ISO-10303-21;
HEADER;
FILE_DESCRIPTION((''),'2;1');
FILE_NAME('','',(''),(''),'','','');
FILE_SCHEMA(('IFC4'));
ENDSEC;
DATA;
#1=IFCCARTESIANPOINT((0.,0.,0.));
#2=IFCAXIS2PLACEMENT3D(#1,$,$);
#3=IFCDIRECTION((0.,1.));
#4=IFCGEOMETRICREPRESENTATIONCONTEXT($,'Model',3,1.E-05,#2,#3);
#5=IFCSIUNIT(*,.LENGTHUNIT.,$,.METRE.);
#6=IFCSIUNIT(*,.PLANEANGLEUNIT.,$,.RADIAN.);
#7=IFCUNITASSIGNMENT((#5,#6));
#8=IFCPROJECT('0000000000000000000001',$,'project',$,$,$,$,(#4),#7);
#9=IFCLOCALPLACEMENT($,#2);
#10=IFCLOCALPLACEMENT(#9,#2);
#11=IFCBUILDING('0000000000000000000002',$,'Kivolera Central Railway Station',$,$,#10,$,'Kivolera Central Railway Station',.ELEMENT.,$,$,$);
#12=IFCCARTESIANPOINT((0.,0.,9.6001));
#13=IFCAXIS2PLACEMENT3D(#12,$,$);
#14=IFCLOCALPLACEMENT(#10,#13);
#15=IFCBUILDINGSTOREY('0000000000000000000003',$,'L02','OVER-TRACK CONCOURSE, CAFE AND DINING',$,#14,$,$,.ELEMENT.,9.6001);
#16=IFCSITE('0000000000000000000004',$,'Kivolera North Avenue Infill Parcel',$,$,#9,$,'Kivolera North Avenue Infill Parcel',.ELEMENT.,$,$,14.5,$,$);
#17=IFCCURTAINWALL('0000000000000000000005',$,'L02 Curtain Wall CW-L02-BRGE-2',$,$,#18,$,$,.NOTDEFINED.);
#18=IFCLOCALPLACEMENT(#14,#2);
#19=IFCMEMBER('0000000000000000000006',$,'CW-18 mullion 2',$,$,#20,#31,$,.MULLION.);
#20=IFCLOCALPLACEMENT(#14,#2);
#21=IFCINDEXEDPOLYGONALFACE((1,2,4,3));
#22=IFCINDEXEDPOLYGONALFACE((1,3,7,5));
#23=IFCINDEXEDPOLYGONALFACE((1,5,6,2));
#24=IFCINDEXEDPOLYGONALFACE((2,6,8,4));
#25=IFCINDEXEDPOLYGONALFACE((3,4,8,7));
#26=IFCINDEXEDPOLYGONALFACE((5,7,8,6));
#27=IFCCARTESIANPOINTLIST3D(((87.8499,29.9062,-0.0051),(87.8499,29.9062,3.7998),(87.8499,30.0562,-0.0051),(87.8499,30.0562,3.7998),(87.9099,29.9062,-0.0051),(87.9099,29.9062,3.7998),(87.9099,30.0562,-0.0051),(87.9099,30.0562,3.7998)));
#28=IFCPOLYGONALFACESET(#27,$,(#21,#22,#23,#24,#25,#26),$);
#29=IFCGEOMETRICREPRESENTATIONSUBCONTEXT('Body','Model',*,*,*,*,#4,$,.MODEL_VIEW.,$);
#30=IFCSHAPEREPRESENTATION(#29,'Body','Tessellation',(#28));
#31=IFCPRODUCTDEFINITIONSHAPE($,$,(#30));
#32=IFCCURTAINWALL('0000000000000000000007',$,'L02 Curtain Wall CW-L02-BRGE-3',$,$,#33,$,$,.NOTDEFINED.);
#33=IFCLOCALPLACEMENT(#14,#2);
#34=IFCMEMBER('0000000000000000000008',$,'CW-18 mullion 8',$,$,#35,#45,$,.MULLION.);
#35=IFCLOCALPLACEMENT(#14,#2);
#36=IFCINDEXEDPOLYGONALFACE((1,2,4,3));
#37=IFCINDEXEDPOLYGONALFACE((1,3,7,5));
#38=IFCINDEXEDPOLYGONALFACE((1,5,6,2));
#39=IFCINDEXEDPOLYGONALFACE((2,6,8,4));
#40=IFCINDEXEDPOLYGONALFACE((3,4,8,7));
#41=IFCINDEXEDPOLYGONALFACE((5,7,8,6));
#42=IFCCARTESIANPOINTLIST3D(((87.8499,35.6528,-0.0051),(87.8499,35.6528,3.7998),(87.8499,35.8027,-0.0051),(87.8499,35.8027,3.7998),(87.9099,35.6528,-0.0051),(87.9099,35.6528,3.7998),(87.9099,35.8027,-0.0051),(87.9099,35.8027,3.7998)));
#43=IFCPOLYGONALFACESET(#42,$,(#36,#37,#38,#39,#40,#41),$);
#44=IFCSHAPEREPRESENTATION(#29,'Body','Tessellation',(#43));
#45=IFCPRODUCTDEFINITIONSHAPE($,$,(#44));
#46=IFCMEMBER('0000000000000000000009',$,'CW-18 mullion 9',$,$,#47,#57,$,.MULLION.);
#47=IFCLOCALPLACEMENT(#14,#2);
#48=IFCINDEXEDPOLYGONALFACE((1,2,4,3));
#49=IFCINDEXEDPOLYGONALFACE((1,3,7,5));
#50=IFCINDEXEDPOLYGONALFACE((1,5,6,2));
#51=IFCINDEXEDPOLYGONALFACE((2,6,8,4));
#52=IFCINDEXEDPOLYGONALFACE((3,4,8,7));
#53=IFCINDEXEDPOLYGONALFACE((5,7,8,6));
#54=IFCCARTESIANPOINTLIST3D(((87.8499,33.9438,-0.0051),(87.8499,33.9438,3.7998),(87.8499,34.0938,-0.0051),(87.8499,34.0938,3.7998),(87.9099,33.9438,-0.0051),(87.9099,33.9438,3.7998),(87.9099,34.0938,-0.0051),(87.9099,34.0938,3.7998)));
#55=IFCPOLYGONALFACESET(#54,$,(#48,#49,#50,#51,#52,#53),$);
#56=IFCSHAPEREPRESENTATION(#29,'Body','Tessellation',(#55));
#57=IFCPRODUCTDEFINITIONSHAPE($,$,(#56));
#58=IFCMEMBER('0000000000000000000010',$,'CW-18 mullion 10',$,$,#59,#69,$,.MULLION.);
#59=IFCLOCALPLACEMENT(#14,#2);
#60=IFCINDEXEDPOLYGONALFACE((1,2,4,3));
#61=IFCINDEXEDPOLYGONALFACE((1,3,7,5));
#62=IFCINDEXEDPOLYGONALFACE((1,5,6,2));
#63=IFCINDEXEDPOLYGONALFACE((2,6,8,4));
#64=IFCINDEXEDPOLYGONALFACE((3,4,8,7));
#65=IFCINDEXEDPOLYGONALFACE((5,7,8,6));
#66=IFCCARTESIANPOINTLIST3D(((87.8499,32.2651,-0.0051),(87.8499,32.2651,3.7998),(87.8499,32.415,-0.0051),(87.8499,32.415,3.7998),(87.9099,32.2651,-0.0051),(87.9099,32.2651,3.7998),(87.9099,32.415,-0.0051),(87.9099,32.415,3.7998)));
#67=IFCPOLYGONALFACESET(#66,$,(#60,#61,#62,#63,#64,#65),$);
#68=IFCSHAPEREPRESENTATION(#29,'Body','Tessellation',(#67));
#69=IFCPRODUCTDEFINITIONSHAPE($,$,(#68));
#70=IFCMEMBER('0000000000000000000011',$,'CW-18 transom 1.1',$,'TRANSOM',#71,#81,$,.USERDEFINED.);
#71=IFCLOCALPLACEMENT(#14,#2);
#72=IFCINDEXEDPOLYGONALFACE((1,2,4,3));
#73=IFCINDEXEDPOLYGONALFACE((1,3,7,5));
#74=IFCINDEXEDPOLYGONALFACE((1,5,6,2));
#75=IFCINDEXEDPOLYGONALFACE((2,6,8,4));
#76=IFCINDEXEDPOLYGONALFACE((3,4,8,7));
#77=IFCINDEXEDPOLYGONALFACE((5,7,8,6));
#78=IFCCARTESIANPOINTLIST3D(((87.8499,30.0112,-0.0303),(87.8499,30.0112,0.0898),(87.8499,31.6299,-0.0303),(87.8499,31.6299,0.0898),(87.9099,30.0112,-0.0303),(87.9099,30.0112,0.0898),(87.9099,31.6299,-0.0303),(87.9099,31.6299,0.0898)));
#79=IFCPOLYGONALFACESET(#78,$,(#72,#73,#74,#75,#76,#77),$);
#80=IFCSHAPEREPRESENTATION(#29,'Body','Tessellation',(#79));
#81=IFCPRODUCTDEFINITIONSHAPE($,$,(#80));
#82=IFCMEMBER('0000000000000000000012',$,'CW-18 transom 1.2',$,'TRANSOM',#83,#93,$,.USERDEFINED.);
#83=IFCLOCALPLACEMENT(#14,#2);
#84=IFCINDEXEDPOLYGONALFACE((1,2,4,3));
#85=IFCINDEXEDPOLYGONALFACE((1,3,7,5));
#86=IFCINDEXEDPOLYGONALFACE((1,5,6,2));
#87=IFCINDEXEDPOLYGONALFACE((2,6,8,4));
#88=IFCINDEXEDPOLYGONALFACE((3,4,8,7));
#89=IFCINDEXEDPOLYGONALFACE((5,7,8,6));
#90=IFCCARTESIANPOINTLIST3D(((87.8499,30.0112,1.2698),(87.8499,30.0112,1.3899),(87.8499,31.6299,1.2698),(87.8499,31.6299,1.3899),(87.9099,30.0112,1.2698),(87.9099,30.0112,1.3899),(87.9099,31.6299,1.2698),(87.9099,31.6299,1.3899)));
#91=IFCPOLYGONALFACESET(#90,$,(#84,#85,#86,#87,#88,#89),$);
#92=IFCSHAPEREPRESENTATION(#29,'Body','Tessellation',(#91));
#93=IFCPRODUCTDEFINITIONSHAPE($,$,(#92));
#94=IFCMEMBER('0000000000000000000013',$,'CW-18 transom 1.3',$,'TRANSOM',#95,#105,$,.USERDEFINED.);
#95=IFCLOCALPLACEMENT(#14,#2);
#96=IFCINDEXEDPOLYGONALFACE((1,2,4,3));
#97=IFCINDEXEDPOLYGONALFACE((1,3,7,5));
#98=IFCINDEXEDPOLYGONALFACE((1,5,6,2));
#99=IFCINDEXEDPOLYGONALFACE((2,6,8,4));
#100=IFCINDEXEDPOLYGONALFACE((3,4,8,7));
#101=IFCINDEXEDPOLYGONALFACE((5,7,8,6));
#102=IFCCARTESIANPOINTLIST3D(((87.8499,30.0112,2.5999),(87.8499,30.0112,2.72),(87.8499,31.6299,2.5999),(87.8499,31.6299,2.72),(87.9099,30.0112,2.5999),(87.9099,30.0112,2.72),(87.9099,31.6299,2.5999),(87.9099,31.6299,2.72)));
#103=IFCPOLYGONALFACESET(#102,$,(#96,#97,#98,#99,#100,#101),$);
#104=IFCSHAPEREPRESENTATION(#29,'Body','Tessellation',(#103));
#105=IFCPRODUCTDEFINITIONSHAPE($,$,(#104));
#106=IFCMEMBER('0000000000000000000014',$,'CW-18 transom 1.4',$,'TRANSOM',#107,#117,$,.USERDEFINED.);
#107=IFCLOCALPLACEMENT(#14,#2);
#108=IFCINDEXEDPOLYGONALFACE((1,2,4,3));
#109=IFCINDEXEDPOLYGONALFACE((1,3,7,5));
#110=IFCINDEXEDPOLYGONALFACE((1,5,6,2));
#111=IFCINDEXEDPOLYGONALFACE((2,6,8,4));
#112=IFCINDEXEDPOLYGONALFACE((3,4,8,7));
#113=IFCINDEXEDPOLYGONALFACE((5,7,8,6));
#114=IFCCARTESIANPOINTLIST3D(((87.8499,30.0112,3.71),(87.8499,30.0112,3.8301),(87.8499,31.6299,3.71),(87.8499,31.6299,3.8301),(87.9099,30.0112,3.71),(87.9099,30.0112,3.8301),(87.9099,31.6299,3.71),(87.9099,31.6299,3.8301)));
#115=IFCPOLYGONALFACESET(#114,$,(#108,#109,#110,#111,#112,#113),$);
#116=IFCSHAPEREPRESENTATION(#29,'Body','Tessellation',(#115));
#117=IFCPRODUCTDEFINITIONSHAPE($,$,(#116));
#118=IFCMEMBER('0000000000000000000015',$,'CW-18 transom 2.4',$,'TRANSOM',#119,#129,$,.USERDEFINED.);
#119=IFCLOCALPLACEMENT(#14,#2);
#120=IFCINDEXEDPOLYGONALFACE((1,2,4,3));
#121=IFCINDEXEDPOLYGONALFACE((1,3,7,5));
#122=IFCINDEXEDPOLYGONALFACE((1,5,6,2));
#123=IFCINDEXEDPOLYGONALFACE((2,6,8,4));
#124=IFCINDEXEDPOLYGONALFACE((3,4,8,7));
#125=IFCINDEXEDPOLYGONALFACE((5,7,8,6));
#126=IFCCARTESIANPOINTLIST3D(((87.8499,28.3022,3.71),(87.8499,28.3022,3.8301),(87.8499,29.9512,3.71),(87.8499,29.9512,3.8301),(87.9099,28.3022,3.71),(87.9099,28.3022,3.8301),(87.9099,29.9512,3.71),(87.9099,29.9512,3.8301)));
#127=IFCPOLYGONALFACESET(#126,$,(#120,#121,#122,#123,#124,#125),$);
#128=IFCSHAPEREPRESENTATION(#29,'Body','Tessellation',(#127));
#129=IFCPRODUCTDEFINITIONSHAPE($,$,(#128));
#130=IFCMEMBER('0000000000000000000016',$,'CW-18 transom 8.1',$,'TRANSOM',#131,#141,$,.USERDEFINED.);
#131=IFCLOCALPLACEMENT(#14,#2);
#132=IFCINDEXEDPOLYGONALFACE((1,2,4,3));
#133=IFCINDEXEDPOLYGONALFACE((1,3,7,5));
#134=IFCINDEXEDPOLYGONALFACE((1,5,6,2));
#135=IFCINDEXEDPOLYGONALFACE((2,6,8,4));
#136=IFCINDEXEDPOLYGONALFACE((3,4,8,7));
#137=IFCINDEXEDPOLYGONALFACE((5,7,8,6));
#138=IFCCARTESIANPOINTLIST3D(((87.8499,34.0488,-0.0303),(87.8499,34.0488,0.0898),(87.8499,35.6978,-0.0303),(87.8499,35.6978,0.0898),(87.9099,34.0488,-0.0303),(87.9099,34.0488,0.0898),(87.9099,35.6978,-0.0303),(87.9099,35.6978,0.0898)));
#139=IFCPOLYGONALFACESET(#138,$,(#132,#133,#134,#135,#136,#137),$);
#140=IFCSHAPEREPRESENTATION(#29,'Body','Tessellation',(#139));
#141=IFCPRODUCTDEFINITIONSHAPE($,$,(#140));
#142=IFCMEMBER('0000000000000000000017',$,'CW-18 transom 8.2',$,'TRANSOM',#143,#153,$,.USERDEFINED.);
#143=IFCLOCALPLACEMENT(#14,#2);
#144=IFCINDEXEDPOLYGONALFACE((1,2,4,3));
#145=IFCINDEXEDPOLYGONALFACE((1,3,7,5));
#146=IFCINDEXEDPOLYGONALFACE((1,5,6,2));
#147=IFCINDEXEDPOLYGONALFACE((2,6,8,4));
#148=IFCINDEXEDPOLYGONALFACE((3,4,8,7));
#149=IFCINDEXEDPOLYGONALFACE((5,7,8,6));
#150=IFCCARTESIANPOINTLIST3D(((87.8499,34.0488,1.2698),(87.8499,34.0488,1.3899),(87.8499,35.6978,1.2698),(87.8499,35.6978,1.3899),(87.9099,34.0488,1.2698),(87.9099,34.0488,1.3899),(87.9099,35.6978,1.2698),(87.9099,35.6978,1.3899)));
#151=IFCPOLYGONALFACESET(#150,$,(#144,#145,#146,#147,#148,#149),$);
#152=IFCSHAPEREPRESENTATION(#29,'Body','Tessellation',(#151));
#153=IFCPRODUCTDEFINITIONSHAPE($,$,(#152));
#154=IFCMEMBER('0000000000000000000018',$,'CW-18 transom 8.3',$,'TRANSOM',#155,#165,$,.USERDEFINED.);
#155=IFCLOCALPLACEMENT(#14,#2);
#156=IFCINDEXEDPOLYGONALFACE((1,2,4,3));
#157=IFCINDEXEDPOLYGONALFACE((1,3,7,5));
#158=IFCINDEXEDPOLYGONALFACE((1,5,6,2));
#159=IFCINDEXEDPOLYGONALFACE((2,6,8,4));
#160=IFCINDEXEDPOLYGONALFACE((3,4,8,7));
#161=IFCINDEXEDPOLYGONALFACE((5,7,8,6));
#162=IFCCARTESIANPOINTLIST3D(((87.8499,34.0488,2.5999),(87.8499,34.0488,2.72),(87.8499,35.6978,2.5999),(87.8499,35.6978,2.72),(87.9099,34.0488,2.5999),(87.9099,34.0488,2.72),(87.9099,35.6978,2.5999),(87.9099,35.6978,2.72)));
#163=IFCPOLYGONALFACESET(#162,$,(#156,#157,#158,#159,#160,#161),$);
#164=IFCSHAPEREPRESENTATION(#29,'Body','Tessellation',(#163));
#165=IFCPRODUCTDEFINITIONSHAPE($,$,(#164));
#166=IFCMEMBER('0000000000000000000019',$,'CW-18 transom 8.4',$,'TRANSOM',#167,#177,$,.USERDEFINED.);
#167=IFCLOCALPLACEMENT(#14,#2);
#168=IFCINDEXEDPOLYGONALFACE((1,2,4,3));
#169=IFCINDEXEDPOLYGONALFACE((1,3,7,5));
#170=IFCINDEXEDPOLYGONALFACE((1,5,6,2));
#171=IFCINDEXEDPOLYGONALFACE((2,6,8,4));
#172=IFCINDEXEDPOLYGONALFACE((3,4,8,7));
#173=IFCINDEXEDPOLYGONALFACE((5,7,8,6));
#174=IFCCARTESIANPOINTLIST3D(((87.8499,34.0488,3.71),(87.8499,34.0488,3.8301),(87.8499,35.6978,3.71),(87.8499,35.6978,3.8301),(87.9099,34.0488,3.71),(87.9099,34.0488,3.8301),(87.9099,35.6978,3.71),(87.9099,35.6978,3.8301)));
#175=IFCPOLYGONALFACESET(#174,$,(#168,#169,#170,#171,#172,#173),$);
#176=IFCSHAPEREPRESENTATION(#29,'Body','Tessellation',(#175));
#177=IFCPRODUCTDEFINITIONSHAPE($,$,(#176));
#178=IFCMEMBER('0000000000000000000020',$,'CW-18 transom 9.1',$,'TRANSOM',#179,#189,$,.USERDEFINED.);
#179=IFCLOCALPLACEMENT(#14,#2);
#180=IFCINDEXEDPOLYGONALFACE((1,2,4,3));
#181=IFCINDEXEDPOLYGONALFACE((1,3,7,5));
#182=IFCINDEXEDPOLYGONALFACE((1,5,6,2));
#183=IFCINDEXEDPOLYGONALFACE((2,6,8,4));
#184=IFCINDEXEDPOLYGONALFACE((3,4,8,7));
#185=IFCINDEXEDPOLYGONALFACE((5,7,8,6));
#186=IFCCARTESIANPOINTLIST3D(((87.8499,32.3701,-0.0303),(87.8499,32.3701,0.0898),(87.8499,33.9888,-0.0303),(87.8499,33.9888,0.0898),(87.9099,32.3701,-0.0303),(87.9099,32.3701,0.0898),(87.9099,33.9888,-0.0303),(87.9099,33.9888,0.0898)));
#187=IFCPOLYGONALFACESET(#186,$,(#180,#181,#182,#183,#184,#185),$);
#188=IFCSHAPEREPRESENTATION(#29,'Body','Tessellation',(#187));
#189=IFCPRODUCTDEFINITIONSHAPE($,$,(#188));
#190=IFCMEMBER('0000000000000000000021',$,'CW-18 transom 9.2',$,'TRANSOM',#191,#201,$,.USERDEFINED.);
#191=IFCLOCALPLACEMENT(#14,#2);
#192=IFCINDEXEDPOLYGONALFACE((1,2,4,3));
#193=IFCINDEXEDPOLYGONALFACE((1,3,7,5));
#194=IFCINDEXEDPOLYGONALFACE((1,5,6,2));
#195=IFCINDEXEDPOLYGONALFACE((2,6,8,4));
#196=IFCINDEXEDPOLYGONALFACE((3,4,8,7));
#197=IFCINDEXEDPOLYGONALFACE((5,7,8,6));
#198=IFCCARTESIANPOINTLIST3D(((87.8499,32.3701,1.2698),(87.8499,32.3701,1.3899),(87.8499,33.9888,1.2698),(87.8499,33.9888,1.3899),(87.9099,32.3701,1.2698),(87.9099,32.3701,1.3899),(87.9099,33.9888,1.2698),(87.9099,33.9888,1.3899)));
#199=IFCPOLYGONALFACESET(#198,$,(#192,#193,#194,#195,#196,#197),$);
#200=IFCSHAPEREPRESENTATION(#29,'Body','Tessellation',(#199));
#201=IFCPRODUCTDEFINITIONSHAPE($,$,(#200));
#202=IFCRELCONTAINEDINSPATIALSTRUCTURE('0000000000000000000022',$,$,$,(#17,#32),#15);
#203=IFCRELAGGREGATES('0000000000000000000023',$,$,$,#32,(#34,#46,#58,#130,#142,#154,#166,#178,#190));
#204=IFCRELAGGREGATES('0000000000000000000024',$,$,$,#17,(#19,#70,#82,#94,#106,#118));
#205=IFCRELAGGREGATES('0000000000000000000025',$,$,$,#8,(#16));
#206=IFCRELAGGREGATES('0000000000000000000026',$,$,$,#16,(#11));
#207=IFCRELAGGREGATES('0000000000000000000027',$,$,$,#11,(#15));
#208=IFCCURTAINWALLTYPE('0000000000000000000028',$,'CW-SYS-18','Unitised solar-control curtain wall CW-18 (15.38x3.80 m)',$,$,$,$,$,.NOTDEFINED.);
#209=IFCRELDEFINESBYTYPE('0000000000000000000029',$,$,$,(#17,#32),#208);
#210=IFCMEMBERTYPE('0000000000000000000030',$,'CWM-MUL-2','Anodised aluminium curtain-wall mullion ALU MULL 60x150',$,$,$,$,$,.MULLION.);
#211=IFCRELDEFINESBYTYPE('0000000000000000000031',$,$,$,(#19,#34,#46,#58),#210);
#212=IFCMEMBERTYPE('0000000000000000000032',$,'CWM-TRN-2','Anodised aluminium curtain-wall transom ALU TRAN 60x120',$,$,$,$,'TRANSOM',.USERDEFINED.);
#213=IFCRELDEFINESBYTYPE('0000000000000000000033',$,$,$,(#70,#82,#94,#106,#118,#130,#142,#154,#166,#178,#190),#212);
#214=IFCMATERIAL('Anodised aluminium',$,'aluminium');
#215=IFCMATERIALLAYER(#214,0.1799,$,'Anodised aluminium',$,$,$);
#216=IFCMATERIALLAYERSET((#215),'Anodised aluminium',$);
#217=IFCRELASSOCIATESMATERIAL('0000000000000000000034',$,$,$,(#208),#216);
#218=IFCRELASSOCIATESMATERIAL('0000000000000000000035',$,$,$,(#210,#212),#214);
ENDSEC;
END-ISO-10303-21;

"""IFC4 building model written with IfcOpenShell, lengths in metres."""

from ifc_helpers import new_model, si_unit, direction, frame, origin, origin_2d, place, context, subcontext, project, spatial, rectangle, extrude, material, layer, layer_set, material_profile, profile_set, type_object, element, aggregate, save


model = new_model("IFC4")

# Units and contexts
model_context = context("Model", 3, precision=1e-05, world=origin(), true_north=direction((0.0, 1.0)))
body_context = subcontext(model_context, "Body", "Model", "MODEL_VIEW")
ifc_project = project(units=[si_unit("LENGTHUNIT", "METRE"), si_unit("PLANEANGLEUNIT", "RADIAN")], contexts=[model_context])

# Site, building, storey
site_placement = place(None, origin())
site = spatial("IfcSite", under=ifc_project, at=site_placement, Name="Kivolera North Avenue Infill Parcel", LongName="Kivolera North Avenue Infill Parcel", CompositionType="ELEMENT", RefElevation=14.5)
building_placement = place(site_placement, origin())
building = spatial("IfcBuilding", under=site, at=building_placement, Name="Kivolera Central Railway Station", LongName="Kivolera Central Railway Station", CompositionType="ELEMENT")
storey_placement = place(building_placement, frame((0.0, 0.0, 9.6001)))
storey = spatial("IfcBuildingStorey", under=building, at=storey_placement, Name="L02", Description="OVER-TRACK CONCOURSE, CAFE AND DINING", CompositionType="ELEMENT", Elevation=9.6001)

# Curtain walls, members
ifc_material_1 = material(Name="Anodised aluminium", Category="aluminium")
ifc_layer_1 = layer(ifc_material_1, 0.1799, Name="Anodised aluminium")
ifc_layer_set_1 = layer_set([ifc_layer_1], Name="Anodised aluminium")
curtain_wall_type = type_object("IfcCurtainWallType", Name="CW-SYS-18", Description="Unitised solar-control curtain wall CW-18 (15.38x3.80 m)", PredefinedType="NOTDEFINED", material=ifc_layer_set_1)
curtain_wall_1_placement = place(storey_placement, origin())
curtain_wall_1 = element("IfcCurtainWall", 1, at=curtain_wall_1_placement, inside=storey, type_object=curtain_wall_type, Name="L02 Curtain Wall CW-L02-BRGE-2", PredefinedType="NOTDEFINED")
ifc_material_profile_1 = material_profile(ifc_material_1, rectangle(XDim=0.0601, YDim=0.1499, at=origin_2d()), Name="ALU MULL 60x150")
ifc_profile_set_1 = profile_set([ifc_material_profile_1], Name="Anodised aluminium")
member_type_1 = type_object("IfcMemberType", Name="CWM-MUL-2", Description="Anodised aluminium curtain-wall mullion ALU MULL 60x150", PredefinedType="MULLION", material=ifc_profile_set_1)
member_1_placement = place(storey_placement, frame((87.8799, 29.9812, -0.0051), z_axis=(0.0, 0.0, 1.0), x_axis=(1.0, 0.0, 0.0)))
member_1 = element("IfcMember", 2, at=member_1_placement, type_object=member_type_1, Name="CW-18 mullion 2", PredefinedType="MULLION", context=body_context, shape_type="SweptSolid", body=[
    extrude(rectangle(XDim=0.0601, YDim=0.1499, at=origin_2d()), origin(), (0.0, 0.0, 1.0), 3.8049),
])
curtain_wall_2_placement = place(storey_placement, origin())
curtain_wall_2 = element("IfcCurtainWall", 3, at=curtain_wall_2_placement, inside=storey, type_object=curtain_wall_type, Name="L02 Curtain Wall CW-L02-BRGE-3", PredefinedType="NOTDEFINED")
member_2_placement = place(storey_placement, frame((87.8799, 35.7278, -0.0051), z_axis=(0.0, 0.0, 1.0), x_axis=(1.0, 0.0, 0.0)))
member_2 = element("IfcMember", 4, at=member_2_placement, type_object=member_type_1, Name="CW-18 mullion 8", PredefinedType="MULLION", context=body_context, shape_type="SweptSolid", body=[
    extrude(rectangle(XDim=0.0601, YDim=0.1499, at=origin_2d()), origin(), (0.0, 0.0, 1.0), 3.8049),
])
member_3_placement = place(storey_placement, frame((87.8799, 34.0188, -0.0051), z_axis=(0.0, 0.0, 1.0), x_axis=(1.0, 0.0, 0.0)))
member_3 = element("IfcMember", 5, at=member_3_placement, type_object=member_type_1, Name="CW-18 mullion 9", PredefinedType="MULLION", context=body_context, shape_type="SweptSolid", body=[
    extrude(rectangle(XDim=0.0601, YDim=0.1499, at=origin_2d()), origin(), (0.0, 0.0, 1.0), 3.8049),
])
member_4_placement = place(storey_placement, frame((87.8799, 32.3401, -0.0051), z_axis=(0.0, 0.0, 1.0), x_axis=(1.0, 0.0, 0.0)))
member_4 = element("IfcMember", 6, at=member_4_placement, type_object=member_type_1, Name="CW-18 mullion 10", PredefinedType="MULLION", context=body_context, shape_type="SweptSolid", body=[
    extrude(rectangle(XDim=0.0601, YDim=0.1499, at=origin_2d()), origin(), (0.0, 0.0, 1.0), 3.8049),
])

# Members
ifc_material_profile_2 = material_profile(ifc_material_1, rectangle(XDim=0.0601, YDim=0.1201, at=origin_2d()), Name="ALU TRAN 60x120")
ifc_profile_set_2 = profile_set([ifc_material_profile_2], Name="Anodised aluminium")
member_type_2 = type_object("IfcMemberType", Name="CWM-TRN-2", Description="Anodised aluminium curtain-wall transom ALU TRAN 60x120", ElementType="TRANSOM", PredefinedType="USERDEFINED", material=ifc_profile_set_2)
member_5_placement = place(storey_placement, frame((87.8799, 31.6299, 0.0298), z_axis=(0.0, -1.0, 0.0), x_axis=(1.0, 0.0, 0.0)))
member_5 = element("IfcMember", 7, at=member_5_placement, type_object=member_type_2, Name="CW-18 transom 1.1", ObjectType="TRANSOM", PredefinedType="USERDEFINED", context=body_context, shape_type="SweptSolid", body=[
    extrude(rectangle(XDim=0.0601, YDim=0.1201, at=origin_2d()), origin(), (0.0, 0.0, 1.0), 1.6187),
])
member_6_placement = place(storey_placement, frame((87.8799, 31.6299, 1.3298), z_axis=(0.0, -1.0, 0.0), x_axis=(1.0, 0.0, 0.0)))
member_6 = element("IfcMember", 8, at=member_6_placement, type_object=member_type_2, Name="CW-18 transom 1.2", ObjectType="TRANSOM", PredefinedType="USERDEFINED", context=body_context, shape_type="SweptSolid", body=[
    extrude(rectangle(XDim=0.0601, YDim=0.1201, at=origin_2d()), origin(), (0.0, 0.0, 1.0), 1.6187),
])
member_7_placement = place(storey_placement, frame((87.8799, 31.6299, 2.6599), z_axis=(0.0, -1.0, 0.0), x_axis=(1.0, 0.0, 0.0)))
member_7 = element("IfcMember", 9, at=member_7_placement, type_object=member_type_2, Name="CW-18 transom 1.3", ObjectType="TRANSOM", PredefinedType="USERDEFINED", context=body_context, shape_type="SweptSolid", body=[
    extrude(rectangle(XDim=0.0601, YDim=0.1201, at=origin_2d()), origin(), (0.0, 0.0, 1.0), 1.6187),
])
member_8_placement = place(storey_placement, frame((87.8799, 31.6299, 3.77), z_axis=(0.0, -1.0, 0.0), x_axis=(1.0, 0.0, 0.0)))
member_8 = element("IfcMember", 10, at=member_8_placement, type_object=member_type_2, Name="CW-18 transom 1.4", ObjectType="TRANSOM", PredefinedType="USERDEFINED", context=body_context, shape_type="SweptSolid", body=[
    extrude(rectangle(XDim=0.0601, YDim=0.1201, at=origin_2d()), origin(), (0.0, 0.0, 1.0), 1.6187),
])
member_9_placement = place(storey_placement, frame((87.8799, 29.9512, 3.77), z_axis=(0.0, -1.0, 0.0), x_axis=(1.0, 0.0, 0.0)))
member_9 = element("IfcMember", 11, at=member_9_placement, type_object=member_type_2, Name="CW-18 transom 2.4", ObjectType="TRANSOM", PredefinedType="USERDEFINED", context=body_context, shape_type="SweptSolid", body=[
    extrude(rectangle(XDim=0.0601, YDim=0.1201, at=origin_2d()), origin(), (0.0, 0.0, 1.0), 1.6489),
])
member_10_placement = place(storey_placement, frame((87.8799, 35.6978, 0.0298), z_axis=(0.0, -1.0, 0.0), x_axis=(1.0, 0.0, 0.0)))
member_10 = element("IfcMember", 12, at=member_10_placement, type_object=member_type_2, Name="CW-18 transom 8.1", ObjectType="TRANSOM", PredefinedType="USERDEFINED", context=body_context, shape_type="SweptSolid", body=[
    extrude(rectangle(XDim=0.0601, YDim=0.1201, at=origin_2d()), origin(), (0.0, 0.0, 1.0), 1.6489),
])
member_11_placement = place(storey_placement, frame((87.8799, 35.6978, 1.3298), z_axis=(0.0, -1.0, 0.0), x_axis=(1.0, 0.0, 0.0)))
member_11 = element("IfcMember", 13, at=member_11_placement, type_object=member_type_2, Name="CW-18 transom 8.2", ObjectType="TRANSOM", PredefinedType="USERDEFINED", context=body_context, shape_type="SweptSolid", body=[
    extrude(rectangle(XDim=0.0601, YDim=0.1201, at=origin_2d()), origin(), (0.0, 0.0, 1.0), 1.6489),
])
member_12_placement = place(storey_placement, frame((87.8799, 35.6978, 2.6599), z_axis=(0.0, -1.0, 0.0), x_axis=(1.0, 0.0, 0.0)))
member_12 = element("IfcMember", 14, at=member_12_placement, type_object=member_type_2, Name="CW-18 transom 8.3", ObjectType="TRANSOM", PredefinedType="USERDEFINED", context=body_context, shape_type="SweptSolid", body=[
    extrude(rectangle(XDim=0.0601, YDim=0.1201, at=origin_2d()), origin(), (0.0, 0.0, 1.0), 1.6489),
])
member_13_placement = place(storey_placement, frame((87.8799, 35.6978, 3.77), z_axis=(0.0, -1.0, 0.0), x_axis=(1.0, 0.0, 0.0)))
member_13 = element("IfcMember", 15, at=member_13_placement, type_object=member_type_2, Name="CW-18 transom 8.4", ObjectType="TRANSOM", PredefinedType="USERDEFINED", context=body_context, shape_type="SweptSolid", body=[
    extrude(rectangle(XDim=0.0601, YDim=0.1201, at=origin_2d()), origin(), (0.0, 0.0, 1.0), 1.6489),
])
member_14_placement = place(storey_placement, frame((87.8799, 33.9888, 0.0298), z_axis=(0.0, -1.0, 0.0), x_axis=(1.0, 0.0, 0.0)))
member_14 = element("IfcMember", 16, at=member_14_placement, type_object=member_type_2, Name="CW-18 transom 9.1", ObjectType="TRANSOM", PredefinedType="USERDEFINED", context=body_context, shape_type="SweptSolid", body=[
    extrude(rectangle(XDim=0.0601, YDim=0.1201, at=origin_2d()), origin(), (0.0, 0.0, 1.0), 1.6187),
])
member_15_placement = place(storey_placement, frame((87.8799, 33.9888, 1.3298), z_axis=(0.0, -1.0, 0.0), x_axis=(1.0, 0.0, 0.0)))
member_15 = element("IfcMember", 17, at=member_15_placement, type_object=member_type_2, Name="CW-18 transom 9.2", ObjectType="TRANSOM", PredefinedType="USERDEFINED", context=body_context, shape_type="SweptSolid", body=[
    extrude(rectangle(XDim=0.0601, YDim=0.1201, at=origin_2d()), origin(), (0.0, 0.0, 1.0), 1.6187),
])

aggregate(curtain_wall_2, [member_2, member_3, member_4, member_10, member_11, member_12, member_13, member_14, member_15])
aggregate(curtain_wall_1, [member_1, member_5, member_6, member_7, member_8, member_9])

save(model, "model.ifc")
